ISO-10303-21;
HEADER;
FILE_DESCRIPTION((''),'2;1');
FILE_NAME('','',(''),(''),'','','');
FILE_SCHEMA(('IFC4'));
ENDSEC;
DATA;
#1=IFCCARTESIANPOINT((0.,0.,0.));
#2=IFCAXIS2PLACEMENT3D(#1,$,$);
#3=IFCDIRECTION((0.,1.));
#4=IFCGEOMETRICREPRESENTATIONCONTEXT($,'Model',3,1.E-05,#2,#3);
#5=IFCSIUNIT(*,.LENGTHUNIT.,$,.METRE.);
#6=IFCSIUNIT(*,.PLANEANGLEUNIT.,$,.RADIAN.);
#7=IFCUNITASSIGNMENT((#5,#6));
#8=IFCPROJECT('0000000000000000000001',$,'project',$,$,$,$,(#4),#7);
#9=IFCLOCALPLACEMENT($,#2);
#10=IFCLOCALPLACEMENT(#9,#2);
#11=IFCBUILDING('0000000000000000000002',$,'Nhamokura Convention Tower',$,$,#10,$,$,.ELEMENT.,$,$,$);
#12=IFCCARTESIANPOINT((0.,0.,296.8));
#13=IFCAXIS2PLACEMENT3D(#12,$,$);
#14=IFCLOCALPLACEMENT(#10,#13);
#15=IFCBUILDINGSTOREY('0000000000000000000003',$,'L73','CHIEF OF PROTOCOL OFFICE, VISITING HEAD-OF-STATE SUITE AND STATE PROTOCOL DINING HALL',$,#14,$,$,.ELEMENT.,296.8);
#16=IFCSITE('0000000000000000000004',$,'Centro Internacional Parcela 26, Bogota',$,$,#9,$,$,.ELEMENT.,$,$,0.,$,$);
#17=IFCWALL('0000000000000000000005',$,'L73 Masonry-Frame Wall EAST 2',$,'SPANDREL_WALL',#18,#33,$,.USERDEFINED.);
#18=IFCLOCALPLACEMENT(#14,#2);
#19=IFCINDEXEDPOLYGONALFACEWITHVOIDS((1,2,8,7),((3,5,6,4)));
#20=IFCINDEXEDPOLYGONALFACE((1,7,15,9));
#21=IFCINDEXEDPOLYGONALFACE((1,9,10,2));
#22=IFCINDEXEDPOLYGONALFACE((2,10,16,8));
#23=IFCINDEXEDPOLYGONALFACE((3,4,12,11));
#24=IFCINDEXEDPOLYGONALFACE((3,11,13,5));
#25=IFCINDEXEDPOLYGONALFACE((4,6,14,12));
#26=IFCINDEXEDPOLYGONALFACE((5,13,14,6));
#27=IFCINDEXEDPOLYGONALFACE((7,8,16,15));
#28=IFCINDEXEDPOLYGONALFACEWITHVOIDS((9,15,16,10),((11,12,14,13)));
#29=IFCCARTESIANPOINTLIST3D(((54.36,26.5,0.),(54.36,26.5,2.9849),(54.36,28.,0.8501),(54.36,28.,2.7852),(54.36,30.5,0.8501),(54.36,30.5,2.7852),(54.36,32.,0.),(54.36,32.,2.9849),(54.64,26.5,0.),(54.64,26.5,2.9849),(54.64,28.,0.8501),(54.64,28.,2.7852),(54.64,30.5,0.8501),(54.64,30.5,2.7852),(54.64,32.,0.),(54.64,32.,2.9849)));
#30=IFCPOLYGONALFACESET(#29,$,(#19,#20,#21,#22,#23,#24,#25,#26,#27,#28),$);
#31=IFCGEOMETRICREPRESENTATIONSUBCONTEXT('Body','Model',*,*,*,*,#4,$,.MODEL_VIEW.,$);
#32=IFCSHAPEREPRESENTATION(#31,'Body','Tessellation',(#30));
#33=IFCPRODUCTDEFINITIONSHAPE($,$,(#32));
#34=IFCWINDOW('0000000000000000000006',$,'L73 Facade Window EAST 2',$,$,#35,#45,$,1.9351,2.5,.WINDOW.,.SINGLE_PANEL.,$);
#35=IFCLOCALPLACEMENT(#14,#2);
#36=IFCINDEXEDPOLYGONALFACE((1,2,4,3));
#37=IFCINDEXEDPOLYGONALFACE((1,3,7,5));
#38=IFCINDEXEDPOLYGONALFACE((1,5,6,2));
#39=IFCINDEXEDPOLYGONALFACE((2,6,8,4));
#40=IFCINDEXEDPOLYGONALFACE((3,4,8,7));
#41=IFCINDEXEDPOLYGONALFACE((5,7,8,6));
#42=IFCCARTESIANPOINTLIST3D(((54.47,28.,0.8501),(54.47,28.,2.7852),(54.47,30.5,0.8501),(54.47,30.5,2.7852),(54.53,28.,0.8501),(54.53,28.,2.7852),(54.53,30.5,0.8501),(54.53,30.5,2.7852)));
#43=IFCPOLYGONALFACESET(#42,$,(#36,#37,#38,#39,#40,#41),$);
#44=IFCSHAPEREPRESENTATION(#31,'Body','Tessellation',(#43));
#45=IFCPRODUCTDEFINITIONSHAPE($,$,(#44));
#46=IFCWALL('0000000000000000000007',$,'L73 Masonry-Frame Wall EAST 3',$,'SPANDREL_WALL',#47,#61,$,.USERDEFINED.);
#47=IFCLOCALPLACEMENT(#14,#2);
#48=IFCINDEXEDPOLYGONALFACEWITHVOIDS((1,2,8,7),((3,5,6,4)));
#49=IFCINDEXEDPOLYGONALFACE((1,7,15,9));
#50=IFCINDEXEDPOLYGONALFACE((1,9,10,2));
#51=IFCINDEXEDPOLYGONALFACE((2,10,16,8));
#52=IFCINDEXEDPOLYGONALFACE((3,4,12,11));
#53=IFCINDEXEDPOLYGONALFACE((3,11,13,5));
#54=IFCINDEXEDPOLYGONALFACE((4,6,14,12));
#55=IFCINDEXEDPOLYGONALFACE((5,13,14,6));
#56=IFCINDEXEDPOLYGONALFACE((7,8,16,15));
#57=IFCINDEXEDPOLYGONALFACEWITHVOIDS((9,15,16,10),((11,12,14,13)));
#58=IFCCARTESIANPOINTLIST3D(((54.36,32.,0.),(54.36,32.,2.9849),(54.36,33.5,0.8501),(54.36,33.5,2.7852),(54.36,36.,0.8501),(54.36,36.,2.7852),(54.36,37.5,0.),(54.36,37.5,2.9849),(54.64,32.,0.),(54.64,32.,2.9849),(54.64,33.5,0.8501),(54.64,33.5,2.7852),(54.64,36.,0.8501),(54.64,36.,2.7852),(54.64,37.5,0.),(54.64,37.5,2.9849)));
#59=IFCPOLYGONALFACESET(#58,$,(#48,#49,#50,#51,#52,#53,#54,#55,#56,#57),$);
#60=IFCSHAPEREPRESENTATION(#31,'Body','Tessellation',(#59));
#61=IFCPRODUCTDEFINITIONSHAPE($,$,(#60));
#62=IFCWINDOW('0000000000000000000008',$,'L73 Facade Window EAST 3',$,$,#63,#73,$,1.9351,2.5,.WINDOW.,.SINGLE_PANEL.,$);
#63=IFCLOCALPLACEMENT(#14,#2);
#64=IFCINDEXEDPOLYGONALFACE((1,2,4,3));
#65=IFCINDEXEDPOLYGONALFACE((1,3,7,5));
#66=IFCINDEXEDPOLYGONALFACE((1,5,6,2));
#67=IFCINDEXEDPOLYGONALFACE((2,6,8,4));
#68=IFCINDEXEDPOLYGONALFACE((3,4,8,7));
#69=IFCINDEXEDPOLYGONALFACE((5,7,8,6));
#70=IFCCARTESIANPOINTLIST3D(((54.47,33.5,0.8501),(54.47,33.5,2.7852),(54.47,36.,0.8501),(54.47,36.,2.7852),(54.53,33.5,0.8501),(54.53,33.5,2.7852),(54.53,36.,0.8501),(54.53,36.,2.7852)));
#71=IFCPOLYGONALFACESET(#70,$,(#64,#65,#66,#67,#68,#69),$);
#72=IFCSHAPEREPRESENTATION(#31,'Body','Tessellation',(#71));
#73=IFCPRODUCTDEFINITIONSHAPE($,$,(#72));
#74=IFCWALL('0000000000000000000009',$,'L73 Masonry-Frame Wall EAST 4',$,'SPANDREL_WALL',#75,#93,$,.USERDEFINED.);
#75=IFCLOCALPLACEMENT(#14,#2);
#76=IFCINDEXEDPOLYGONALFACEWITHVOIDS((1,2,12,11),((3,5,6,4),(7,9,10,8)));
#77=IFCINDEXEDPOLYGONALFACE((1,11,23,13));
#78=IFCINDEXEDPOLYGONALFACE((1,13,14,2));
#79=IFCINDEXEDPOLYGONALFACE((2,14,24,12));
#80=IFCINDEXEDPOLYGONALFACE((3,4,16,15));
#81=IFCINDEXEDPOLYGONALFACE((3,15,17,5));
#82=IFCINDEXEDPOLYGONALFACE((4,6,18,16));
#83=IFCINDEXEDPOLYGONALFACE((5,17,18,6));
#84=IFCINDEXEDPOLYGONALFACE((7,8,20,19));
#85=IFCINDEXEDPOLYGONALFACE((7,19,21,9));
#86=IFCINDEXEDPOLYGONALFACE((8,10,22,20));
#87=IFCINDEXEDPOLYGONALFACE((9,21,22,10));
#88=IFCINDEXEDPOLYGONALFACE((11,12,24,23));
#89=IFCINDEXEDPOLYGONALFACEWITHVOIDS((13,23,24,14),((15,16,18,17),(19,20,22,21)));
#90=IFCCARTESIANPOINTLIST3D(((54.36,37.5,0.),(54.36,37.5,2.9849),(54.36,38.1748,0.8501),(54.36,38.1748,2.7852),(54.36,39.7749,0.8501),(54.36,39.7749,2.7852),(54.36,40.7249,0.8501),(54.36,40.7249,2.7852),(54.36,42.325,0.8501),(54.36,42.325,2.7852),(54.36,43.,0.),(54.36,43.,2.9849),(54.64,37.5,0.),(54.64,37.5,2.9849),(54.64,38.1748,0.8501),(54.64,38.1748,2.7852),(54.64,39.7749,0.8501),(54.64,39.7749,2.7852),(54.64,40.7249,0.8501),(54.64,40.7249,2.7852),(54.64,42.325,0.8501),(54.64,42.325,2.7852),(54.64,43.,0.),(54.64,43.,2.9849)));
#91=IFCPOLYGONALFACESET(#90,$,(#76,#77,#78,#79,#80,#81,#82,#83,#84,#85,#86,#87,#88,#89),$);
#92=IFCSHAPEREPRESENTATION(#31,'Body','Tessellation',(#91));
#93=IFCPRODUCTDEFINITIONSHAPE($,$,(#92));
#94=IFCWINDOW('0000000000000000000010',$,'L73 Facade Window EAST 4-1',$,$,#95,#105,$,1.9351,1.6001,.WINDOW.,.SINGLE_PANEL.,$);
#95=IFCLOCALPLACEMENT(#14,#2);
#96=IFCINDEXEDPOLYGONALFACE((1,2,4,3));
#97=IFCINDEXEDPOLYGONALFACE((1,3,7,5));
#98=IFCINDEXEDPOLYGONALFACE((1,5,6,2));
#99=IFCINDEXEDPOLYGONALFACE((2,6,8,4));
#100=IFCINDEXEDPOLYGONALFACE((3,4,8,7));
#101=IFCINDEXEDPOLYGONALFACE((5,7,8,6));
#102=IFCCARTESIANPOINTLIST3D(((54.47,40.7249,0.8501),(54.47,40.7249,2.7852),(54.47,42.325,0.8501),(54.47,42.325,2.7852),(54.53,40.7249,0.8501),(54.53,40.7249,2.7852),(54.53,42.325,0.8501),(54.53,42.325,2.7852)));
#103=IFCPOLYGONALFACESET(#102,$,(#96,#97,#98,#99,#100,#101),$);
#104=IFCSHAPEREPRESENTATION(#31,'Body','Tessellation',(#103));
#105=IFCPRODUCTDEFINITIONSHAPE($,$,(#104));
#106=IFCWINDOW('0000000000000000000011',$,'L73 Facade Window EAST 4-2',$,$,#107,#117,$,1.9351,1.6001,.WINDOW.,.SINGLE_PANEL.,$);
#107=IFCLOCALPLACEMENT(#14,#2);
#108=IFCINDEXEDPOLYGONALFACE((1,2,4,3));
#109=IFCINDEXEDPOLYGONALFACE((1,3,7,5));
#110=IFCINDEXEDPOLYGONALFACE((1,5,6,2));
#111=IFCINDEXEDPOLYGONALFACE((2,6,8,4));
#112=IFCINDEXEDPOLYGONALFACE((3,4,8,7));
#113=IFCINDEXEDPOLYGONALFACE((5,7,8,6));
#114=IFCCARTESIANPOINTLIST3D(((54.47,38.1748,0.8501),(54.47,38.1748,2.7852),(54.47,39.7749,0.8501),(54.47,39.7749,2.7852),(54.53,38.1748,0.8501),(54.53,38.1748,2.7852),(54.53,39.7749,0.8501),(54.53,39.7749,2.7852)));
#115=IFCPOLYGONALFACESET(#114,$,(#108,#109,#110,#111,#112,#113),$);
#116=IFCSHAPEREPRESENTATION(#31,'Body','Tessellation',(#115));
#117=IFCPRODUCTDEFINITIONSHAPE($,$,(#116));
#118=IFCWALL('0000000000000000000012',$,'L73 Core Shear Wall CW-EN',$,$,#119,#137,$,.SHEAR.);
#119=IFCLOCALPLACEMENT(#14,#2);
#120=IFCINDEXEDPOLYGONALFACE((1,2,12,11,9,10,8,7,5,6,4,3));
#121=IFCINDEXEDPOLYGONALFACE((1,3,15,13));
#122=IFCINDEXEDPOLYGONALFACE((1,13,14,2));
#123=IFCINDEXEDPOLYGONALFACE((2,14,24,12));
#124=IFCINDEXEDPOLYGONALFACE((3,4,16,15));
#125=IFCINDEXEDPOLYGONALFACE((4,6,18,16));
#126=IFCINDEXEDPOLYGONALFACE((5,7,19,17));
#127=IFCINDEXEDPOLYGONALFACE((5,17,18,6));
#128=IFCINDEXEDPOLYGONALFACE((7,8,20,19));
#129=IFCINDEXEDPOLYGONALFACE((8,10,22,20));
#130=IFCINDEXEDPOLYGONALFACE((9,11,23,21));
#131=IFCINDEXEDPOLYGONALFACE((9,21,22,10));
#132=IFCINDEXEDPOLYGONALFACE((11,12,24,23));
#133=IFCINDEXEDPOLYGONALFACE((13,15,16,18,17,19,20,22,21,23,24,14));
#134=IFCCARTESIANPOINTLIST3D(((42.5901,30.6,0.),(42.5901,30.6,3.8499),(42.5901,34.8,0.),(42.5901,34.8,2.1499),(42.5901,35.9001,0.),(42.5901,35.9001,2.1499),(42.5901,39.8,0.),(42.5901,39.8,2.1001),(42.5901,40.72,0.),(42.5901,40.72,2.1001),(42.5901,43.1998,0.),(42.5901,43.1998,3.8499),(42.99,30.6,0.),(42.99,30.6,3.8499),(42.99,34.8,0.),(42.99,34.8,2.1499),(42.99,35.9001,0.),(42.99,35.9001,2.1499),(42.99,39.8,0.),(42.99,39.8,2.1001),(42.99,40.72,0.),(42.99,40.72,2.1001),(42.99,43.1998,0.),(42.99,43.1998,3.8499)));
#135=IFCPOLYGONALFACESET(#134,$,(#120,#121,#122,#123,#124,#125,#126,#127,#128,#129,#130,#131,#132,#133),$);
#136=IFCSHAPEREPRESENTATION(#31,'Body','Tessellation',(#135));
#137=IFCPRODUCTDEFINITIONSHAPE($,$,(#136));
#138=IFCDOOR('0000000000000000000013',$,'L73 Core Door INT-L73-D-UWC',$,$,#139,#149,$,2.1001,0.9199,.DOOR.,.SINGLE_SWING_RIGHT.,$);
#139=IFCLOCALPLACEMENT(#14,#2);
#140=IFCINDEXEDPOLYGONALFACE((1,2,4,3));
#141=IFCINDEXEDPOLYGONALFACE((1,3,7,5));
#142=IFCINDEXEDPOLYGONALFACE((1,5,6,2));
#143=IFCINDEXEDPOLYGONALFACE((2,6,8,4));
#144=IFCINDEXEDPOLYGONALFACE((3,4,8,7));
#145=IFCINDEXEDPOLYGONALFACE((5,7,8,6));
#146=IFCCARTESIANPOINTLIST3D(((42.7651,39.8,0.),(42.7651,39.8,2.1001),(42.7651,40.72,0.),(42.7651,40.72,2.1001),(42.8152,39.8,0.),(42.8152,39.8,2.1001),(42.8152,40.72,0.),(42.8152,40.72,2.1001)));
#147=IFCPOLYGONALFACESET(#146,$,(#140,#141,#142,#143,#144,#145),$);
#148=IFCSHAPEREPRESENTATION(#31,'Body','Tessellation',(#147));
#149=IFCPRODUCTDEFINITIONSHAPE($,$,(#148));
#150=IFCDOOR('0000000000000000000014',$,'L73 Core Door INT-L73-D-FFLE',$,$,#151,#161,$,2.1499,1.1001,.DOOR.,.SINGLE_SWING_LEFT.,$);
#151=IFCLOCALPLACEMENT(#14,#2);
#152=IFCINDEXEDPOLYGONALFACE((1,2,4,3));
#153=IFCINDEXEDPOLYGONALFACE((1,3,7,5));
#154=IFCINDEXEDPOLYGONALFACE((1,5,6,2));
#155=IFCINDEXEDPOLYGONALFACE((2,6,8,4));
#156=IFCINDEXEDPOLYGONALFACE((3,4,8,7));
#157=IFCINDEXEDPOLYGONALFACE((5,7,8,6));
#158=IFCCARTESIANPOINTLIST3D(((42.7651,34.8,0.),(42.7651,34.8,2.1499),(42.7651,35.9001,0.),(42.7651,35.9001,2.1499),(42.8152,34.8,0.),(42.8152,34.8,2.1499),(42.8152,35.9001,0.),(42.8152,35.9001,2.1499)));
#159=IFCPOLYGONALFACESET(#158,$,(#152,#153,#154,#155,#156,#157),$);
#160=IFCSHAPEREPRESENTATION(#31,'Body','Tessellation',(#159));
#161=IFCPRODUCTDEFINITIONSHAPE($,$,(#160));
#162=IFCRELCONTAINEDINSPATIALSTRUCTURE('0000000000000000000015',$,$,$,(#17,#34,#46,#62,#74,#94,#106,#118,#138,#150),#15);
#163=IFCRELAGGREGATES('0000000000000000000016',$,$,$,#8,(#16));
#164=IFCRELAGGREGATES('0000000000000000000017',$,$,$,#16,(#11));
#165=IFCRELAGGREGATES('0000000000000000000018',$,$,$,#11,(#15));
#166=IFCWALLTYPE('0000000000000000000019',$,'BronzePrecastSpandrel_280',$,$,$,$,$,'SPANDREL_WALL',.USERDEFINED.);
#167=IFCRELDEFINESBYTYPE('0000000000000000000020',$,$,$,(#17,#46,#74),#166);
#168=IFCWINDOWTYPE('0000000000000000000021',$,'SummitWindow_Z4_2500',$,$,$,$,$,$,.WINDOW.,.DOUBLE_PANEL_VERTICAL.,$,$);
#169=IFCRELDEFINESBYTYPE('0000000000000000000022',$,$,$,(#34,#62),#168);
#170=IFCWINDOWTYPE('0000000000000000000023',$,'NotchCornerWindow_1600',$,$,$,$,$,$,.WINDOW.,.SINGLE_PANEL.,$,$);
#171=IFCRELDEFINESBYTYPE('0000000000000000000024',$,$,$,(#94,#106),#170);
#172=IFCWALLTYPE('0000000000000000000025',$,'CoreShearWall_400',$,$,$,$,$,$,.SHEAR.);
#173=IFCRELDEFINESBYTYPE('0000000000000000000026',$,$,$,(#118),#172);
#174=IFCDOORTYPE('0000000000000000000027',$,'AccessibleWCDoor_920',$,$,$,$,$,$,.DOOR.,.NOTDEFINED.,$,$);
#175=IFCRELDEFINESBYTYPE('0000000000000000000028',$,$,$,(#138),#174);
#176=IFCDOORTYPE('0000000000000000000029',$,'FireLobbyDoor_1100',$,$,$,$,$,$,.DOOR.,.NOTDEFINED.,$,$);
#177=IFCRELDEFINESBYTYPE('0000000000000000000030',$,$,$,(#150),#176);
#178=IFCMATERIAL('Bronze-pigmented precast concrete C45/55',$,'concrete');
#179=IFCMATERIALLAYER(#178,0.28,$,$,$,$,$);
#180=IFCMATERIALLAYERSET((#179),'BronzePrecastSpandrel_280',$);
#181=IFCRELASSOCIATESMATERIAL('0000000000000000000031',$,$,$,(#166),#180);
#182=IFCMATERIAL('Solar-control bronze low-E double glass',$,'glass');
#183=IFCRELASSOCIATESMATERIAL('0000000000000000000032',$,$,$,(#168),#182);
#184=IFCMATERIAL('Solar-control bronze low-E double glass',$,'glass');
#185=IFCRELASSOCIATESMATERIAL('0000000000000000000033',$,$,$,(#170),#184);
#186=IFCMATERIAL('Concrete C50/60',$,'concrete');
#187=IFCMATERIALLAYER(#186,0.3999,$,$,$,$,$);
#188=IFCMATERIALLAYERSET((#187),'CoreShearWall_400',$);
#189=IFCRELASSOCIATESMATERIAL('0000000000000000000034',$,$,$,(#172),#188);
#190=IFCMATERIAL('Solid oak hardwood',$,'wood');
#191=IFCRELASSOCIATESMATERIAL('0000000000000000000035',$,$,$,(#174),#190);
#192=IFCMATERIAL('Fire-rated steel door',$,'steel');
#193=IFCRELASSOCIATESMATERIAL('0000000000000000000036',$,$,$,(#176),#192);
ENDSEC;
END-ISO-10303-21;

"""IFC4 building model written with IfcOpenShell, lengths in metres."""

from ifc_helpers import new_model, si_unit, direction, frame, frame_2d, origin, place, context, subcontext, project, spatial, rectangle, extrude, material, layer, layer_set, type_object, element, fill, save


model = new_model("IFC4")

# Units and contexts
model_context = context("Model", 3, precision=1e-05, world=origin(), true_north=direction((0.0, 1.0)))
body_context = subcontext(model_context, "Body", "Model", "MODEL_VIEW")
ifc_project = project(units=[si_unit("LENGTHUNIT", "METRE"), si_unit("PLANEANGLEUNIT", "RADIAN")], contexts=[model_context])

# Site, building, storey
site_placement = place(None, origin())
site = spatial("IfcSite", under=ifc_project, at=site_placement, Name="Centro Internacional Parcela 26, Bogota", CompositionType="ELEMENT", RefElevation=0.0)
building_placement = place(site_placement, origin())
building = spatial("IfcBuilding", under=site, at=building_placement, Name="Nhamokura Convention Tower", CompositionType="ELEMENT")
storey_placement = place(building_placement, frame((0.0, 0.0, 296.8)))
storey = spatial("IfcBuildingStorey", under=building, at=storey_placement, Name="L73", Description="CHIEF OF PROTOCOL OFFICE, VISITING HEAD-OF-STATE SUITE AND STATE PROTOCOL DINING HALL", CompositionType="ELEMENT", Elevation=296.8)

# Walls, openings, windows
ifc_material_1 = material(Name="Bronze-pigmented precast concrete C45/55", Category="concrete")
ifc_layer_1 = layer(ifc_material_1, 0.28)
ifc_layer_set_1 = layer_set([ifc_layer_1], Name="BronzePrecastSpandrel_280")
wall_type_1 = type_object("IfcWallType", Name="BronzePrecastSpandrel_280", ElementType="SPANDREL_WALL", PredefinedType="USERDEFINED", material=ifc_layer_set_1)
wall_1_placement = place(storey_placement, frame((54.5, 32.0, 0.0), z_axis=(0.0, 0.0, 1.0), x_axis=(0.0, -1.0, 0.0)))
wall_1 = element("IfcWall", 1, at=wall_1_placement, inside=storey, type_object=wall_type_1, Name="L73 Masonry-Frame Wall EAST 2", ObjectType="SPANDREL_WALL", PredefinedType="USERDEFINED", context=body_context, shape_type="SweptSolid", body=[
    extrude(rectangle(XDim=5.5, YDim=0.28, at=frame_2d((2.75, 0.0))), origin(), (0.0, 0.0, 1.0), 2.9849),
])
opening_1_placement = place(wall_1_placement, frame((1.5, 0.0, 0.8501)))
opening_1 = element("IfcOpeningElement", 2, at=opening_1_placement, cuts=wall_1, PredefinedType="OPENING", context=body_context, shape_type="SweptSolid", body=[
    extrude(rectangle(XDim=2.5, YDim=1.9351, at=frame_2d((1.25, 0.9675))), frame((0.0, 0.1499, 0.0), z_axis=(0.0, -1.0, 0.0), x_axis=(1.0, 0.0, 0.0)), (0.0, 0.0, 1.0), 0.3),
])
ifc_material_2 = material(Name="Solar-control bronze low-E double glass", Category="glass")
window_type_1 = type_object("IfcWindowType", Name="SummitWindow_Z4_2500", PartitioningType="DOUBLE_PANEL_VERTICAL", PredefinedType="WINDOW", material=ifc_material_2)
window_1_placement = place(opening_1_placement, origin())
window_1 = element("IfcWindow", 3, at=window_1_placement, inside=storey, type_object=window_type_1, Name="L73 Facade Window EAST 2", OverallHeight=1.9351, OverallWidth=2.5, PartitioningType="SINGLE_PANEL", PredefinedType="WINDOW", context=body_context, shape_type="SweptSolid", body=[
    extrude(rectangle(XDim=2.5, YDim=1.9351, at=frame_2d((1.25, 0.9675))), frame((0.0, 0.03, 0.0), z_axis=(0.0, -1.0, 0.0), x_axis=(1.0, 0.0, 0.0)), (0.0, 0.0, 1.0), 0.0601),
])
fill(opening_1, window_1)
wall_2_placement = place(storey_placement, frame((54.5, 37.5, 0.0), z_axis=(0.0, 0.0, 1.0), x_axis=(0.0, -1.0, 0.0)))
wall_2 = element("IfcWall", 4, at=wall_2_placement, inside=storey, type_object=wall_type_1, Name="L73 Masonry-Frame Wall EAST 3", ObjectType="SPANDREL_WALL", PredefinedType="USERDEFINED", context=body_context, shape_type="SweptSolid", body=[
    extrude(rectangle(XDim=5.5, YDim=0.28, at=frame_2d((2.75, 0.0))), origin(), (0.0, 0.0, 1.0), 2.9849),
])
opening_2_placement = place(wall_2_placement, frame((1.5, 0.0, 0.8501)))
opening_2 = element("IfcOpeningElement", 5, at=opening_2_placement, cuts=wall_2, PredefinedType="OPENING", context=body_context, shape_type="SweptSolid", body=[
    extrude(rectangle(XDim=2.5, YDim=1.9351, at=frame_2d((1.25, 0.9675))), frame((0.0, 0.1499, 0.0), z_axis=(0.0, -1.0, 0.0), x_axis=(1.0, 0.0, 0.0)), (0.0, 0.0, 1.0), 0.3),
])
window_2_placement = place(opening_2_placement, origin())
window_2 = element("IfcWindow", 6, at=window_2_placement, inside=storey, type_object=window_type_1, Name="L73 Facade Window EAST 3", OverallHeight=1.9351, OverallWidth=2.5, PartitioningType="SINGLE_PANEL", PredefinedType="WINDOW", context=body_context, shape_type="SweptSolid", body=[
    extrude(rectangle(XDim=2.5, YDim=1.9351, at=frame_2d((1.25, 0.9675))), frame((0.0, 0.03, 0.0), z_axis=(0.0, -1.0, 0.0), x_axis=(1.0, 0.0, 0.0)), (0.0, 0.0, 1.0), 0.0601),
])
fill(opening_2, window_2)

# Wall, openings, windows
wall_3_placement = place(storey_placement, frame((54.5, 43.0, 0.0), z_axis=(0.0, 0.0, 1.0), x_axis=(0.0, -1.0, 0.0)))
wall_3 = element("IfcWall", 7, at=wall_3_placement, inside=storey, type_object=wall_type_1, Name="L73 Masonry-Frame Wall EAST 4", ObjectType="SPANDREL_WALL", PredefinedType="USERDEFINED", context=body_context, shape_type="SweptSolid", body=[
    extrude(rectangle(XDim=5.5, YDim=0.28, at=frame_2d((2.75, 0.0))), origin(), (0.0, 0.0, 1.0), 2.9849),
])
opening_3_placement = place(wall_3_placement, frame((0.675, 0.0, 0.8501)))
opening_3 = element("IfcOpeningElement", 8, at=opening_3_placement, cuts=wall_3, PredefinedType="OPENING", context=body_context, shape_type="SweptSolid", body=[
    extrude(rectangle(XDim=1.6001, YDim=1.9351, at=frame_2d((0.8, 0.9675))), frame((0.0, 0.1499, 0.0), z_axis=(0.0, -1.0, 0.0), x_axis=(1.0, 0.0, 0.0)), (0.0, 0.0, 1.0), 0.3),
])
opening_4_placement = place(wall_3_placement, frame((3.2251, 0.0, 0.8501)))
opening_4 = element("IfcOpeningElement", 9, at=opening_4_placement, cuts=wall_3, PredefinedType="OPENING", context=body_context, shape_type="SweptSolid", body=[
    extrude(rectangle(XDim=1.6001, YDim=1.9351, at=frame_2d((0.8, 0.9675))), frame((0.0, 0.1499, 0.0), z_axis=(0.0, -1.0, 0.0), x_axis=(1.0, 0.0, 0.0)), (0.0, 0.0, 1.0), 0.3),
])
ifc_material_3 = material(Name="Solar-control bronze low-E double glass", Category="glass")
window_type_2 = type_object("IfcWindowType", Name="NotchCornerWindow_1600", PartitioningType="SINGLE_PANEL", PredefinedType="WINDOW", material=ifc_material_3)
window_3_placement = place(opening_3_placement, origin())
window_3 = element("IfcWindow", 10, at=window_3_placement, inside=storey, type_object=window_type_2, Name="L73 Facade Window EAST 4-1", OverallHeight=1.9351, OverallWidth=1.6001, PartitioningType="SINGLE_PANEL", PredefinedType="WINDOW", context=body_context, shape_type="SweptSolid", body=[
    extrude(rectangle(XDim=1.6001, YDim=1.9351, at=frame_2d((0.8, 0.9675))), frame((0.0, 0.03, 0.0), z_axis=(0.0, -1.0, 0.0), x_axis=(1.0, 0.0, 0.0)), (0.0, 0.0, 1.0), 0.0601),
])
fill(opening_3, window_3)
window_4_placement = place(opening_4_placement, origin())
window_4 = element("IfcWindow", 11, at=window_4_placement, inside=storey, type_object=window_type_2, Name="L73 Facade Window EAST 4-2", OverallHeight=1.9351, OverallWidth=1.6001, PartitioningType="SINGLE_PANEL", PredefinedType="WINDOW", context=body_context, shape_type="SweptSolid", body=[
    extrude(rectangle(XDim=1.6001, YDim=1.9351, at=frame_2d((0.8, 0.9675))), frame((0.0, 0.03, 0.0), z_axis=(0.0, -1.0, 0.0), x_axis=(1.0, 0.0, 0.0)), (0.0, 0.0, 1.0), 0.0601),
])
fill(opening_4, window_4)

# Wall, openings, doors
ifc_material_4 = material(Name="Concrete C50/60", Category="concrete")
ifc_layer_2 = layer(ifc_material_4, 0.3999)
ifc_layer_set_2 = layer_set([ifc_layer_2], Name="CoreShearWall_400")
wall_type_2 = type_object("IfcWallType", Name="CoreShearWall_400", PredefinedType="SHEAR", material=ifc_layer_set_2)
wall_4_placement = place(storey_placement, frame((42.79, 30.6001, 0.0), z_axis=(0.0, 0.0, 1.0), x_axis=(0.0, 1.0, 0.0)))
wall_4 = element("IfcWall", 12, at=wall_4_placement, inside=storey, type_object=wall_type_2, Name="L73 Core Shear Wall CW-EN", PredefinedType="SHEAR", context=body_context, shape_type="SweptSolid", body=[
    extrude(rectangle(XDim=12.5999, YDim=0.3999, at=frame_2d((6.2998, 0.0))), origin(), (0.0, 0.0, 1.0), 3.8499),
])
opening_5_placement = place(wall_4_placement, frame((4.2, 0.0, 0.0)))
opening_5 = element("IfcOpeningElement", 13, at=opening_5_placement, cuts=wall_4, PredefinedType="OPENING", context=body_context, shape_type="SweptSolid", body=[
    extrude(rectangle(XDim=1.1001, YDim=2.1499, at=frame_2d((0.55, 1.075))), frame((0.0, 0.21, 0.0), z_axis=(0.0, -1.0, 0.0), x_axis=(1.0, 0.0, 0.0)), (0.0, 0.0, 1.0), 0.4199),
])
opening_6_placement = place(wall_4_placement, frame((9.2, 0.0, 0.0)))
opening_6 = element("IfcOpeningElement", 14, at=opening_6_placement, cuts=wall_4, PredefinedType="OPENING", context=body_context, shape_type="SweptSolid", body=[
    extrude(rectangle(XDim=0.9199, YDim=2.1001, at=frame_2d((0.46, 1.05))), frame((0.0, 0.21, 0.0), z_axis=(0.0, -1.0, 0.0), x_axis=(1.0, 0.0, 0.0)), (0.0, 0.0, 1.0), 0.4199),
])
ifc_material_5 = material(Name="Solid oak hardwood", Category="wood")
door_type_1 = type_object("IfcDoorType", Name="AccessibleWCDoor_920", OperationType="NOTDEFINED", PredefinedType="DOOR", material=ifc_material_5)
door_1_placement = place(opening_6_placement, origin())
door_1 = element("IfcDoor", 15, at=door_1_placement, inside=storey, type_object=door_type_1, Name="L73 Core Door INT-L73-D-UWC", OperationType="SINGLE_SWING_RIGHT", OverallHeight=2.1001, OverallWidth=0.9199, PredefinedType="DOOR", context=body_context, shape_type="SweptSolid", body=[
    extrude(rectangle(XDim=0.9199, YDim=2.1001, at=frame_2d((0.46, 1.05))), frame((0.0, 0.0249, 0.0), z_axis=(0.0, -1.0, 0.0), x_axis=(1.0, 0.0, 0.0)), (0.0, 0.0, 1.0), 0.05),
])
fill(opening_6, door_1)
ifc_material_6 = material(Name="Fire-rated steel door", Category="steel")
door_type_2 = type_object("IfcDoorType", Name="FireLobbyDoor_1100", OperationType="NOTDEFINED", PredefinedType="DOOR", material=ifc_material_6)
door_2_placement = place(opening_5_placement, origin())
door_2 = element("IfcDoor", 16, at=door_2_placement, inside=storey, type_object=door_type_2, Name="L73 Core Door INT-L73-D-FFLE", OperationType="SINGLE_SWING_LEFT", OverallHeight=2.1499, OverallWidth=1.1001, PredefinedType="DOOR", context=body_context, shape_type="SweptSolid", body=[
    extrude(rectangle(XDim=1.1001, YDim=2.1499, at=frame_2d((0.55, 1.075))), frame((0.0, 0.0249, 0.0), z_axis=(0.0, -1.0, 0.0), x_axis=(1.0, 0.0, 0.0)), (0.0, 0.0, 1.0), 0.05),
])
fill(opening_5, door_2)

save(model, "model.ifc")
